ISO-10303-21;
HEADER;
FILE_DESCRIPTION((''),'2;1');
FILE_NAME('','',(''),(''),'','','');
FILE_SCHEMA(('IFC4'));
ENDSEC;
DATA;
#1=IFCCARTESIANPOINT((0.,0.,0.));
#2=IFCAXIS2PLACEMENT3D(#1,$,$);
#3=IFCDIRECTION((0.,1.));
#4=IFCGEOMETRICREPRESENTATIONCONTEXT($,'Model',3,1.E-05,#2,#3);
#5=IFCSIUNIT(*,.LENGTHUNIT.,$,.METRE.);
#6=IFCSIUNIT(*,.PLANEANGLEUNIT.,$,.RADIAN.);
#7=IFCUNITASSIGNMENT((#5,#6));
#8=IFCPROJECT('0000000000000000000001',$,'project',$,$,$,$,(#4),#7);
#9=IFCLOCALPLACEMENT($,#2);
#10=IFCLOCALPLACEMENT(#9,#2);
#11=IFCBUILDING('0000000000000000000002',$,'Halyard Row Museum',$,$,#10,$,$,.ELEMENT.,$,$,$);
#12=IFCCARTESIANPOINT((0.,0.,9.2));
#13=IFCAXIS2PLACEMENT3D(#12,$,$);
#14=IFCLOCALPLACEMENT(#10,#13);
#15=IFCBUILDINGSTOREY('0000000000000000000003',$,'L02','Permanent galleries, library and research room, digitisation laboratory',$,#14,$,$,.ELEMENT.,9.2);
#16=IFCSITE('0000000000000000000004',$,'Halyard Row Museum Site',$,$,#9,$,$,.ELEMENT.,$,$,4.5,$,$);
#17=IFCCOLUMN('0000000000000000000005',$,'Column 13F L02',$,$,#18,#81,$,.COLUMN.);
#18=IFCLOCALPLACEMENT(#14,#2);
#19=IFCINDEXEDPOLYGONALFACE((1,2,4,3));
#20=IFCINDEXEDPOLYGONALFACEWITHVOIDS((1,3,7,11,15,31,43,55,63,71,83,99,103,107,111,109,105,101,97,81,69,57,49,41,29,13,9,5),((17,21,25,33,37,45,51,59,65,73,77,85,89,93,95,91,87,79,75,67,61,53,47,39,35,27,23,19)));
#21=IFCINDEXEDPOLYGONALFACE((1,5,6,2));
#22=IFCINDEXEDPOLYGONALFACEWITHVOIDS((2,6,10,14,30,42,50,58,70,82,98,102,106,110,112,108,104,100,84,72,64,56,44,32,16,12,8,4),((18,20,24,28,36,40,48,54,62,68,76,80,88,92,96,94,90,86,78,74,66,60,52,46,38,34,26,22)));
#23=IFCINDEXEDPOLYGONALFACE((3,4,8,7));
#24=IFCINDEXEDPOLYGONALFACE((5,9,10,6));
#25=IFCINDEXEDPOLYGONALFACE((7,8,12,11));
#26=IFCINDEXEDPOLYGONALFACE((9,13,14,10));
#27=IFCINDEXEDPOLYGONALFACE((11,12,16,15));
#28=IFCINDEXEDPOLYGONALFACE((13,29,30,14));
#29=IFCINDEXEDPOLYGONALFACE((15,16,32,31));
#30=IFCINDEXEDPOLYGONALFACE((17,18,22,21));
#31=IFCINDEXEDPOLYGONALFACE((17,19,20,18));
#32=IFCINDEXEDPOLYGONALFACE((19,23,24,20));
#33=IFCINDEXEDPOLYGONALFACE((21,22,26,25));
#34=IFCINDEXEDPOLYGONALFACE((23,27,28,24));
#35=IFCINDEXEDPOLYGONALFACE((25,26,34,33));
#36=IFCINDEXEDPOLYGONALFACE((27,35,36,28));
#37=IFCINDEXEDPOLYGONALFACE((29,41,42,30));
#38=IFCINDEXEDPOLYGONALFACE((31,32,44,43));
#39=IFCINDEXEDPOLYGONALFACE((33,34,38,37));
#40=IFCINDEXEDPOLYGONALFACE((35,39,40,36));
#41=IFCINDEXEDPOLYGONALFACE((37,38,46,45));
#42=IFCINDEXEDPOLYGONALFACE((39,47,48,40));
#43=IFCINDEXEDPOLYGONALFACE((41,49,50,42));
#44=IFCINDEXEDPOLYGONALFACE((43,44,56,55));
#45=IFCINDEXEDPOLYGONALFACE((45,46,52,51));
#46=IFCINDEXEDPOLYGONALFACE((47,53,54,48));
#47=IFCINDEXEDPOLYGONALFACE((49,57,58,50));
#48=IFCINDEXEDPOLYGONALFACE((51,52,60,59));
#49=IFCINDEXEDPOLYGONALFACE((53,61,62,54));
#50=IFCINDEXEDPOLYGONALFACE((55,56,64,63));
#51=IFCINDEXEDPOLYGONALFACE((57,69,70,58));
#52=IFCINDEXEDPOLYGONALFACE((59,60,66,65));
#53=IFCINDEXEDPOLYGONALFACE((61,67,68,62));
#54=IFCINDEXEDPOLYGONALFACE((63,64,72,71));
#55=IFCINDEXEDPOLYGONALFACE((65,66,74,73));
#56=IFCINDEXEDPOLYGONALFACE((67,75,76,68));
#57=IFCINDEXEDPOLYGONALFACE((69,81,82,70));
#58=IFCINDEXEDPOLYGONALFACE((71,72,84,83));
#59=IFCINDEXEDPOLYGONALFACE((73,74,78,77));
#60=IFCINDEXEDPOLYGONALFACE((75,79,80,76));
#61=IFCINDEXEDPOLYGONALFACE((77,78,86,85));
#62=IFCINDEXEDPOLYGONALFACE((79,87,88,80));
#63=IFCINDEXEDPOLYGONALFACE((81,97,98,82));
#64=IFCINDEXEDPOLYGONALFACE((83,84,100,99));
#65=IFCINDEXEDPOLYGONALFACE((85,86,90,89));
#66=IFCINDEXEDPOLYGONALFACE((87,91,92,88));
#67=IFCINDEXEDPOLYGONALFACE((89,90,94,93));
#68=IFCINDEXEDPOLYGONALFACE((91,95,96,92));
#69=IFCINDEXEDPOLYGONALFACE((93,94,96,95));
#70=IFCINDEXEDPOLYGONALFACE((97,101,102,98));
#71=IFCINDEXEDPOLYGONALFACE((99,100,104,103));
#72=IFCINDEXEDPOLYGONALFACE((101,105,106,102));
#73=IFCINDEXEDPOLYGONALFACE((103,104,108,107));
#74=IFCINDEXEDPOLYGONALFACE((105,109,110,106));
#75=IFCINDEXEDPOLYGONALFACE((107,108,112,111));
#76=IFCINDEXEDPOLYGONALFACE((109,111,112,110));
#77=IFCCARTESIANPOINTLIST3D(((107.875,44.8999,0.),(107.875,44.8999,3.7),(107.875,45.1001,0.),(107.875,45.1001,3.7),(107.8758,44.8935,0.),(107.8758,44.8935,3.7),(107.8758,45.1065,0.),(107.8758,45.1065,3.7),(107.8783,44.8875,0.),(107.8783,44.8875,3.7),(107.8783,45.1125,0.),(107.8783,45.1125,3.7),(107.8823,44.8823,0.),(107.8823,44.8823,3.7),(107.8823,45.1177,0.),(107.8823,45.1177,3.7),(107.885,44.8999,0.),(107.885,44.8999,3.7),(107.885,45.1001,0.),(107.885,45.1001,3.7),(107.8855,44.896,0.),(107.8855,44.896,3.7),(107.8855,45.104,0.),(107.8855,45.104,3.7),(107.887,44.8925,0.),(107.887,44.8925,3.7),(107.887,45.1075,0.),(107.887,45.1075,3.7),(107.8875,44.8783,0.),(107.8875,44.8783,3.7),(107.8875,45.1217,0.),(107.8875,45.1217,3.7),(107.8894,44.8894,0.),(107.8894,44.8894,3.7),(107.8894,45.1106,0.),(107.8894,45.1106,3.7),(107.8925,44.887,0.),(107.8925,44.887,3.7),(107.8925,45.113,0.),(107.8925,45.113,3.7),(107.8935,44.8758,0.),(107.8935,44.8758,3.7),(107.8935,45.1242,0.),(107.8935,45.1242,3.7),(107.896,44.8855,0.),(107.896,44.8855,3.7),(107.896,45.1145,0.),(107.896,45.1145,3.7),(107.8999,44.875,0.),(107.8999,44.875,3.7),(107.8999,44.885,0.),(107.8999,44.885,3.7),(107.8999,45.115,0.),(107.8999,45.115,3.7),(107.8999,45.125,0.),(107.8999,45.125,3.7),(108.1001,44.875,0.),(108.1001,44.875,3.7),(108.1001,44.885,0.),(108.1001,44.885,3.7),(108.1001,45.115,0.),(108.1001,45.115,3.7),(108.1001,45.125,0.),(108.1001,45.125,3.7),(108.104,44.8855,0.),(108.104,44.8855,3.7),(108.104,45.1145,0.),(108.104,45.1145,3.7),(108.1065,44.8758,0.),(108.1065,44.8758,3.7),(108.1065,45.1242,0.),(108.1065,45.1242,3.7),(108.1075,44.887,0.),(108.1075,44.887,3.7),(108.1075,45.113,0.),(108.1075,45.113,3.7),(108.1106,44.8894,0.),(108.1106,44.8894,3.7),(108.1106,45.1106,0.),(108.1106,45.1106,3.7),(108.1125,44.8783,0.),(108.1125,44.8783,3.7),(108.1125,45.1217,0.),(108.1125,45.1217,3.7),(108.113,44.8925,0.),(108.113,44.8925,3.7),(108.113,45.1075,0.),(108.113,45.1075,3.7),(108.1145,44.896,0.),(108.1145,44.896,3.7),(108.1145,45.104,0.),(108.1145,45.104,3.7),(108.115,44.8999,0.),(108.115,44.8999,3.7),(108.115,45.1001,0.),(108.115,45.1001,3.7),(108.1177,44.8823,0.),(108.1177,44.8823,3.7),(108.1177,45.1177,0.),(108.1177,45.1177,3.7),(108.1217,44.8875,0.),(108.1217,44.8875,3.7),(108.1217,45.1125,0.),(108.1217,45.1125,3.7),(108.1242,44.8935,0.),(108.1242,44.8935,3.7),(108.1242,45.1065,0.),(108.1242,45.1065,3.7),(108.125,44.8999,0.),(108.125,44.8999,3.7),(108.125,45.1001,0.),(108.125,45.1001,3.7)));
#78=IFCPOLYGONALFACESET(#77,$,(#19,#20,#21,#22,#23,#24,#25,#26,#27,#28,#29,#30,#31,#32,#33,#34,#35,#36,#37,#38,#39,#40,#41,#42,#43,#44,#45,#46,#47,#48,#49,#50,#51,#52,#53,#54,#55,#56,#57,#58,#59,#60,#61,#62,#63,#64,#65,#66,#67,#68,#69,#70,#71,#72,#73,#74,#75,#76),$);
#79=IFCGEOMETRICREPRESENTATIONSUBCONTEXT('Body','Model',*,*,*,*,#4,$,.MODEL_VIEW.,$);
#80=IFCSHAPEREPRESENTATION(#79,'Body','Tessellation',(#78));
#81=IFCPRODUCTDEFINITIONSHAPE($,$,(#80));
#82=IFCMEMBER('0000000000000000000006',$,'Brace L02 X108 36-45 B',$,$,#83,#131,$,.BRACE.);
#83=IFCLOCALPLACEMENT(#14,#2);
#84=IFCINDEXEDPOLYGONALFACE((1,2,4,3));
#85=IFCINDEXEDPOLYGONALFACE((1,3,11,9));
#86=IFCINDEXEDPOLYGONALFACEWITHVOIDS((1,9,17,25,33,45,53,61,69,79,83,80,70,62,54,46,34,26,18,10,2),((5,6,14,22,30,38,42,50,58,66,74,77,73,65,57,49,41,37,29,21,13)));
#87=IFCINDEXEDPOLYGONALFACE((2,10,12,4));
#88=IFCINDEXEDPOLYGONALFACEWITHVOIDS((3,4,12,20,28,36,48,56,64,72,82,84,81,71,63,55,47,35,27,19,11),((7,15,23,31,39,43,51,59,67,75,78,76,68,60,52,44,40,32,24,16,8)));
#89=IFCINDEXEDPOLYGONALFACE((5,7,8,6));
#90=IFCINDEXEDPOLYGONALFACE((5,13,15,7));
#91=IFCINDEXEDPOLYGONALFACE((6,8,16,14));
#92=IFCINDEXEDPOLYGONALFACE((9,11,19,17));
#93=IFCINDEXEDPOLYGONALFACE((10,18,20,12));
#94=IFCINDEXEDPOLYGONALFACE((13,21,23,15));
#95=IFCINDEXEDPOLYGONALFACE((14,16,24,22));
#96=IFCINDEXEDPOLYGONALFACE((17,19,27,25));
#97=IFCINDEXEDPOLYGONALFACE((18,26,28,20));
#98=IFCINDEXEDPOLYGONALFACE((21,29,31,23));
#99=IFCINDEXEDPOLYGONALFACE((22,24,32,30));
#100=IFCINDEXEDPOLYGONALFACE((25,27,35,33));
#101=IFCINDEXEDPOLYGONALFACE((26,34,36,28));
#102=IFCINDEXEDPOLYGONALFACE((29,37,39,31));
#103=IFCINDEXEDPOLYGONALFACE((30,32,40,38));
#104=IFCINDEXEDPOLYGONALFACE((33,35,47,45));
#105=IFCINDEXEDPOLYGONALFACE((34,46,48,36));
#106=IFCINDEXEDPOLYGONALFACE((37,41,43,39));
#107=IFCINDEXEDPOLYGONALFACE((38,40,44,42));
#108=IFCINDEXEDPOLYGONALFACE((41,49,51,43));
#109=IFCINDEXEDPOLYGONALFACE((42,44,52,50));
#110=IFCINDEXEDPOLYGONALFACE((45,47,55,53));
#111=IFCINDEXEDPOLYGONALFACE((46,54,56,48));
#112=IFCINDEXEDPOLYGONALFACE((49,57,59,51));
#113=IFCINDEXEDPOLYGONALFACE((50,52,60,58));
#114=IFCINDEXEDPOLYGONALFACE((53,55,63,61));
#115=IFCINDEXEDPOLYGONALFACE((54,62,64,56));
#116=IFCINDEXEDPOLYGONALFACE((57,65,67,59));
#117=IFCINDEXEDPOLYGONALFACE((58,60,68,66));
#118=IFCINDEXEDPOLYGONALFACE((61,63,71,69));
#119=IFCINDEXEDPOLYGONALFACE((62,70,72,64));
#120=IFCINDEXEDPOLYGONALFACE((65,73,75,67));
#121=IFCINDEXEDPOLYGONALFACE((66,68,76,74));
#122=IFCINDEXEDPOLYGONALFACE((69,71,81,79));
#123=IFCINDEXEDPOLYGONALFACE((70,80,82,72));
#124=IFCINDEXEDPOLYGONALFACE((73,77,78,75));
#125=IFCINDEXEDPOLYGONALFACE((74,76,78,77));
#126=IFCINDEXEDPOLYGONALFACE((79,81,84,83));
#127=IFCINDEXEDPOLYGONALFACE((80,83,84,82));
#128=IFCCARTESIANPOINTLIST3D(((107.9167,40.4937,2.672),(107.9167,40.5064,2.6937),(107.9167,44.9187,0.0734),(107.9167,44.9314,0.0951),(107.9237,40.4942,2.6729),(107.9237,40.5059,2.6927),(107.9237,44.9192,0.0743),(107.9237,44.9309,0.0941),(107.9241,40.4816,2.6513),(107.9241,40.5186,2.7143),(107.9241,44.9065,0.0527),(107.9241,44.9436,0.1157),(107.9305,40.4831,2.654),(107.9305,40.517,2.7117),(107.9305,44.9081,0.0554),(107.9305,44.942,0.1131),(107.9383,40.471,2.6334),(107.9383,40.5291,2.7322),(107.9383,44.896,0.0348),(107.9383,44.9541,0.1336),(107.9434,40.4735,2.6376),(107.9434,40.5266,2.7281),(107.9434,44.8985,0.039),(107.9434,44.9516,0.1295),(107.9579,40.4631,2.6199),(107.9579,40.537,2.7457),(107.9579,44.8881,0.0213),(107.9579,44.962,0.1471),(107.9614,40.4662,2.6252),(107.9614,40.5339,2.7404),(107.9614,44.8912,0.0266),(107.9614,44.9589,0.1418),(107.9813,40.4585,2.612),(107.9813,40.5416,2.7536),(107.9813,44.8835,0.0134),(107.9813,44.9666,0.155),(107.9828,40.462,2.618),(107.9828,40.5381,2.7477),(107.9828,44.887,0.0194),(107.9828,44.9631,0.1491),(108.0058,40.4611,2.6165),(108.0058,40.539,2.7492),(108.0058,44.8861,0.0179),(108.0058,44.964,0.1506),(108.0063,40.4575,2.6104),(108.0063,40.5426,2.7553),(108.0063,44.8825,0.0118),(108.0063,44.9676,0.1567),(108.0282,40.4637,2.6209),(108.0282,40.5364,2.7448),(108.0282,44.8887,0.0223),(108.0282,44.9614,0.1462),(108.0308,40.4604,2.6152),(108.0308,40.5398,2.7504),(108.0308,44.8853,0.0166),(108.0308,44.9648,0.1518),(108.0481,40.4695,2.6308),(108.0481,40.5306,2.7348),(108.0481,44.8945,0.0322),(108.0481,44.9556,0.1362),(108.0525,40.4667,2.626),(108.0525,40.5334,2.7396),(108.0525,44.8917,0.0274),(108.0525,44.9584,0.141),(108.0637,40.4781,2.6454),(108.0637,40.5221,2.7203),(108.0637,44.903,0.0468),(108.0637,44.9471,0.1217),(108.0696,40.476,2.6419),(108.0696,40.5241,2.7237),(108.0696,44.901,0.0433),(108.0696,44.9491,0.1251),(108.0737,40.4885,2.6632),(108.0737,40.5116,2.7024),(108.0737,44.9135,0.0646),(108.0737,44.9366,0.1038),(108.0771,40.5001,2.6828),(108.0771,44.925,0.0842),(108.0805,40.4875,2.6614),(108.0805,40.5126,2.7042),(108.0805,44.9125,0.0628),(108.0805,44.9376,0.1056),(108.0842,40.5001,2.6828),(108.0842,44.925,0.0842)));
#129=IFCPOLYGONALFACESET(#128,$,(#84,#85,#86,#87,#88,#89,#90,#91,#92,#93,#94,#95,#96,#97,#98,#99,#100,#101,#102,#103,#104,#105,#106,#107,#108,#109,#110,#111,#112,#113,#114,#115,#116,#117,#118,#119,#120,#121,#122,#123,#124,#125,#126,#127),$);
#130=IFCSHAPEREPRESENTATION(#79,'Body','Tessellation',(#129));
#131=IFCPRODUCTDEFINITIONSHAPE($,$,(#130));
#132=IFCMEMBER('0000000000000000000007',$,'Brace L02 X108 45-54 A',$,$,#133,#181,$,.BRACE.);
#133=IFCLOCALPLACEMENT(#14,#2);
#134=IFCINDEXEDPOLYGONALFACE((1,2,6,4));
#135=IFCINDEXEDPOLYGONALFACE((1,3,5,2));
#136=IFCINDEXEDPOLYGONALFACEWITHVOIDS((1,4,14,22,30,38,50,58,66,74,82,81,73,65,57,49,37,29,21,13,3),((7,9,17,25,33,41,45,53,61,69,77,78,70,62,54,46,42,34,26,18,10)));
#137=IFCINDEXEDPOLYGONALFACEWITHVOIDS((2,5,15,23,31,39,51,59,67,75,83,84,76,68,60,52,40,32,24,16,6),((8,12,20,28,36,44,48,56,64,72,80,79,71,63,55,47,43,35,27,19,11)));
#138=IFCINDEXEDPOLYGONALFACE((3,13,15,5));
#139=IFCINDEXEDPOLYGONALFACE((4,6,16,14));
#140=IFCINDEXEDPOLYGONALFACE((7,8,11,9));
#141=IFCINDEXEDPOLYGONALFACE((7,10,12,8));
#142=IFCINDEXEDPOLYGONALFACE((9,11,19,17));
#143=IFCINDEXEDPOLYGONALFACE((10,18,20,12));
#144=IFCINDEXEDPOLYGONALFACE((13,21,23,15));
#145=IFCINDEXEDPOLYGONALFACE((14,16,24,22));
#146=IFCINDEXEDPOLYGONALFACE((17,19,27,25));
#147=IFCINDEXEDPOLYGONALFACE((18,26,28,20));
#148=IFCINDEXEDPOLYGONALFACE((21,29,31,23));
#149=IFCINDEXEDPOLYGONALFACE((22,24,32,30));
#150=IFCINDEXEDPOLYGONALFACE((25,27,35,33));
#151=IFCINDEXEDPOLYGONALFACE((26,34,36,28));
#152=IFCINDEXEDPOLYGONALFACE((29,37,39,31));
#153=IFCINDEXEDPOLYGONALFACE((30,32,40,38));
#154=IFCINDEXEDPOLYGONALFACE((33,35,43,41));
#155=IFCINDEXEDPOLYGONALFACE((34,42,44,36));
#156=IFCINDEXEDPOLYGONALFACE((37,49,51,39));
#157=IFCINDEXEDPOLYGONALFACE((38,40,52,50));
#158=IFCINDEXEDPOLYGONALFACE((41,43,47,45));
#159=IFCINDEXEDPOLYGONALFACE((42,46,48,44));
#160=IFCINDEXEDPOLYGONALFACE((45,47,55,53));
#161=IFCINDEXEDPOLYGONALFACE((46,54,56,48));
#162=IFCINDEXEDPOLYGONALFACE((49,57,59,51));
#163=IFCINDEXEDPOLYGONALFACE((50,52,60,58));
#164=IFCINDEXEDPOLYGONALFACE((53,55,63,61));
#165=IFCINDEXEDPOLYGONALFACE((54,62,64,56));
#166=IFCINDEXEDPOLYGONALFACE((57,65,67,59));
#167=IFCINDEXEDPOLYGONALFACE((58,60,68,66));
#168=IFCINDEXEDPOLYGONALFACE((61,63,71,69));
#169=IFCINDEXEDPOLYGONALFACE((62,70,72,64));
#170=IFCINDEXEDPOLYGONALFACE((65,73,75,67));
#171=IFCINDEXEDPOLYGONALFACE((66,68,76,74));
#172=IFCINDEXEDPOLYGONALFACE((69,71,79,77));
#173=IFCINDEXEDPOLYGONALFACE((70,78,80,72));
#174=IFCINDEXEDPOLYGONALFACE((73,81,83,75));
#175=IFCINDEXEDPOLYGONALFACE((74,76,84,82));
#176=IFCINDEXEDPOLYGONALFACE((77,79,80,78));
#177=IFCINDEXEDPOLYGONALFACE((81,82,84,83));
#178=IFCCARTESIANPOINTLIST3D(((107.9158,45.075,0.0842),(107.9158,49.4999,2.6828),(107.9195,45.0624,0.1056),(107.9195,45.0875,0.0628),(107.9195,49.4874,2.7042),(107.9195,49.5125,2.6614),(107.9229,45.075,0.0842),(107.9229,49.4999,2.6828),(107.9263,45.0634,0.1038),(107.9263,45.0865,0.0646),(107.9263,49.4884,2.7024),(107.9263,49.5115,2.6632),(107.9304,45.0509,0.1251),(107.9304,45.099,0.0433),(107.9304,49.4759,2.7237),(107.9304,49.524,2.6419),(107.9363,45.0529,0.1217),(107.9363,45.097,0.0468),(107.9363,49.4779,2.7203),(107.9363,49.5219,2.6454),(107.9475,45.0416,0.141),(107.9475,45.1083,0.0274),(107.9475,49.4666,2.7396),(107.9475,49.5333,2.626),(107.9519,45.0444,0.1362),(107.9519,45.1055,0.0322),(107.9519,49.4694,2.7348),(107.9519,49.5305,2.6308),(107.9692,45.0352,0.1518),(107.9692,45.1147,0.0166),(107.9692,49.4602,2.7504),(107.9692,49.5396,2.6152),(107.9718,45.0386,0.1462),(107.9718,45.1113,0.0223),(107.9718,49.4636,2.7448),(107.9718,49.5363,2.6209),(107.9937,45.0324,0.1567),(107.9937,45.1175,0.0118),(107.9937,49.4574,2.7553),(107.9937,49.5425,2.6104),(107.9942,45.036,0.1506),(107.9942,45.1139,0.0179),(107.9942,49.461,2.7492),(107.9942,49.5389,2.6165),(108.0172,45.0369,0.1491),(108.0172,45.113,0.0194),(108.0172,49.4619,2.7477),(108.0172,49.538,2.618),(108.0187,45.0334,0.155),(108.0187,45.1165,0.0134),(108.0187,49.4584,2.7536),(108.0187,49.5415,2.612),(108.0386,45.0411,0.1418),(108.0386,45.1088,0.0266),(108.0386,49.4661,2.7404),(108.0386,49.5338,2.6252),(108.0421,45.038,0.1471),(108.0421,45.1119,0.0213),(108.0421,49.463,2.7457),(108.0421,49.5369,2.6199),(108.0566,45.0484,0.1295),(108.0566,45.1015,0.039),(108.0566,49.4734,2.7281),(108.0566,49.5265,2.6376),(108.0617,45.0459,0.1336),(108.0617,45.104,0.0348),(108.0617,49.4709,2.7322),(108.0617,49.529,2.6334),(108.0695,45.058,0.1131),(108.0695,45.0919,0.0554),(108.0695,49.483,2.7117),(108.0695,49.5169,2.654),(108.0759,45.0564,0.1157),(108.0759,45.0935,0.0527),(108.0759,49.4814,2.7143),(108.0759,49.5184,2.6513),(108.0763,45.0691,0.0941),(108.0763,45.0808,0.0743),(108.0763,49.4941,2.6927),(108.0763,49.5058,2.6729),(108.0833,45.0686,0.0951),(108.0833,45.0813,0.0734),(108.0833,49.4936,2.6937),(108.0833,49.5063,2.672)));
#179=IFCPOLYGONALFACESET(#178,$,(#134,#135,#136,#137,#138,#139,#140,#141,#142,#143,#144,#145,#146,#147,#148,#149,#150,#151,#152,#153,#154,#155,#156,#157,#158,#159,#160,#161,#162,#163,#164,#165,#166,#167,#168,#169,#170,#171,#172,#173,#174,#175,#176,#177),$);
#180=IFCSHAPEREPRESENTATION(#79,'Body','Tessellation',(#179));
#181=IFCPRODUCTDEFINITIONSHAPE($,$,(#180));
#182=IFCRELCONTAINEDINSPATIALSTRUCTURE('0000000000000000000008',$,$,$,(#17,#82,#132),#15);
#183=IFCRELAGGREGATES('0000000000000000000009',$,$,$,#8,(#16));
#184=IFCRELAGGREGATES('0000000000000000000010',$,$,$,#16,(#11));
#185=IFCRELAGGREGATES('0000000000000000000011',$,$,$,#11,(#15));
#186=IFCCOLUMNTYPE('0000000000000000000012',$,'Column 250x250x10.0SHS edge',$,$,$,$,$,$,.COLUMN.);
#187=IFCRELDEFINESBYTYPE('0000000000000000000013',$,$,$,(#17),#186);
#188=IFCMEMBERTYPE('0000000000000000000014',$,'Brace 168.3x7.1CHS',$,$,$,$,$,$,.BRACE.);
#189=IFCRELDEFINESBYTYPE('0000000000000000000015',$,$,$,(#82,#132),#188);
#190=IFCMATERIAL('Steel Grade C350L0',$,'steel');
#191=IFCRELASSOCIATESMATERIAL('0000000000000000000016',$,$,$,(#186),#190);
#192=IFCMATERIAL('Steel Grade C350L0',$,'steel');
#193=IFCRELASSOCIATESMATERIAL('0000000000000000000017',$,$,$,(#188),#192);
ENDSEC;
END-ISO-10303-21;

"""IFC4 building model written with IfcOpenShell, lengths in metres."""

from ifc_helpers import new_model, si_unit, direction, frame, origin, origin_2d, place, context, subcontext, project, spatial, hollow_rectangle, hollow_circle, extrude, material, material_profile, profile_set, type_object, element, save


model = new_model("IFC4")

# Units and contexts
model_context = context("Model", 3, precision=1e-05, world=origin(), true_north=direction((0.0, 1.0)))
body_context = subcontext(model_context, "Body", "Model", "MODEL_VIEW")
ifc_project = project(units=[si_unit("LENGTHUNIT", "METRE"), si_unit("PLANEANGLEUNIT", "RADIAN")], contexts=[model_context])

# Site, building, storey
site_placement = place(None, origin())
site = spatial("IfcSite", under=ifc_project, at=site_placement, Name="Halyard Row Museum Site", CompositionType="ELEMENT", RefElevation=4.5)
building_placement = place(site_placement, origin())
building = spatial("IfcBuilding", under=site, at=building_placement, Name="Halyard Row Museum", CompositionType="ELEMENT")
storey_placement = place(building_placement, frame((0.0, 0.0, 9.2)))
storey = spatial("IfcBuildingStorey", under=building, at=storey_placement, Name="L02", Description="Permanent galleries, library and research room, digitisation laboratory", CompositionType="ELEMENT", Elevation=9.2)

# Column
ifc_material_1 = material(Name="Steel Grade C350L0", Category="steel")
ifc_material_profile_1 = material_profile(ifc_material_1, hollow_rectangle(XDim=0.25, YDim=0.25, WallThickness=0.01, InnerFilletRadius=0.0149, OuterFilletRadius=0.0249, at=origin_2d()), Name="250x250x10.0SHS")
ifc_profile_set_1 = profile_set([ifc_material_profile_1], Name="Steel Grade C350L0")
column_type = type_object("IfcColumnType", Name="Column 250x250x10.0SHS edge", PredefinedType="COLUMN", material=ifc_profile_set_1)
column_placement = place(storey_placement, frame((108.0, 45.0, 0.0), z_axis=(0.0, 0.0, 1.0), x_axis=(1.0, 0.0, 0.0)))
element("IfcColumn", 1, at=column_placement, inside=storey, type_object=column_type, Name="Column 13F L02", PredefinedType="COLUMN", context=body_context, shape_type="SweptSolid", body=[
    extrude(hollow_rectangle(XDim=0.25, YDim=0.25, WallThickness=0.01, InnerFilletRadius=0.0149, OuterFilletRadius=0.0249, at=origin_2d()), origin(), (0.0, 0.0, 1.0), 3.7),
])

# Members
ifc_material_2 = material(Name="Steel Grade C350L0", Category="steel")
ifc_material_profile_2 = material_profile(ifc_material_2, hollow_circle(Radius=0.0842, WallThickness=0.0071, at=origin_2d()), Name="168.3x7.1CHS")
ifc_profile_set_2 = profile_set([ifc_material_profile_2], Name="Steel Grade C350L0")
member_type_1 = type_object("IfcMemberType", Name="Brace 168.3x7.1CHS", PredefinedType="BRACE", material=ifc_profile_set_2)
for number, where, z_axis, x_axis, name in (
    (2, (108.0, 44.925, 0.0842), (0.0, -0.862303, 0.506392), (1.0, 0.0, 0.0), "Brace L02 X108 36-45 B"),
    (3, (108.0, 45.075, 0.0842), (0.0, 0.862303, 0.506392), (-1.0, 0.0, 0.0), "Brace L02 X108 45-54 A"),
):
    element("IfcMember", number, at=place(storey_placement, frame(where, z_axis=z_axis, x_axis=x_axis)), inside=storey, type_object=member_type_1, Name=name, PredefinedType="BRACE", context=body_context, shape_type="SweptSolid", body=[
        extrude(hollow_circle(Radius=0.0842, WallThickness=0.0071, at=origin_2d()), origin(), (0.0, 0.0, 1.0), 5.1316),
    ])

save(model, "model.ifc")
